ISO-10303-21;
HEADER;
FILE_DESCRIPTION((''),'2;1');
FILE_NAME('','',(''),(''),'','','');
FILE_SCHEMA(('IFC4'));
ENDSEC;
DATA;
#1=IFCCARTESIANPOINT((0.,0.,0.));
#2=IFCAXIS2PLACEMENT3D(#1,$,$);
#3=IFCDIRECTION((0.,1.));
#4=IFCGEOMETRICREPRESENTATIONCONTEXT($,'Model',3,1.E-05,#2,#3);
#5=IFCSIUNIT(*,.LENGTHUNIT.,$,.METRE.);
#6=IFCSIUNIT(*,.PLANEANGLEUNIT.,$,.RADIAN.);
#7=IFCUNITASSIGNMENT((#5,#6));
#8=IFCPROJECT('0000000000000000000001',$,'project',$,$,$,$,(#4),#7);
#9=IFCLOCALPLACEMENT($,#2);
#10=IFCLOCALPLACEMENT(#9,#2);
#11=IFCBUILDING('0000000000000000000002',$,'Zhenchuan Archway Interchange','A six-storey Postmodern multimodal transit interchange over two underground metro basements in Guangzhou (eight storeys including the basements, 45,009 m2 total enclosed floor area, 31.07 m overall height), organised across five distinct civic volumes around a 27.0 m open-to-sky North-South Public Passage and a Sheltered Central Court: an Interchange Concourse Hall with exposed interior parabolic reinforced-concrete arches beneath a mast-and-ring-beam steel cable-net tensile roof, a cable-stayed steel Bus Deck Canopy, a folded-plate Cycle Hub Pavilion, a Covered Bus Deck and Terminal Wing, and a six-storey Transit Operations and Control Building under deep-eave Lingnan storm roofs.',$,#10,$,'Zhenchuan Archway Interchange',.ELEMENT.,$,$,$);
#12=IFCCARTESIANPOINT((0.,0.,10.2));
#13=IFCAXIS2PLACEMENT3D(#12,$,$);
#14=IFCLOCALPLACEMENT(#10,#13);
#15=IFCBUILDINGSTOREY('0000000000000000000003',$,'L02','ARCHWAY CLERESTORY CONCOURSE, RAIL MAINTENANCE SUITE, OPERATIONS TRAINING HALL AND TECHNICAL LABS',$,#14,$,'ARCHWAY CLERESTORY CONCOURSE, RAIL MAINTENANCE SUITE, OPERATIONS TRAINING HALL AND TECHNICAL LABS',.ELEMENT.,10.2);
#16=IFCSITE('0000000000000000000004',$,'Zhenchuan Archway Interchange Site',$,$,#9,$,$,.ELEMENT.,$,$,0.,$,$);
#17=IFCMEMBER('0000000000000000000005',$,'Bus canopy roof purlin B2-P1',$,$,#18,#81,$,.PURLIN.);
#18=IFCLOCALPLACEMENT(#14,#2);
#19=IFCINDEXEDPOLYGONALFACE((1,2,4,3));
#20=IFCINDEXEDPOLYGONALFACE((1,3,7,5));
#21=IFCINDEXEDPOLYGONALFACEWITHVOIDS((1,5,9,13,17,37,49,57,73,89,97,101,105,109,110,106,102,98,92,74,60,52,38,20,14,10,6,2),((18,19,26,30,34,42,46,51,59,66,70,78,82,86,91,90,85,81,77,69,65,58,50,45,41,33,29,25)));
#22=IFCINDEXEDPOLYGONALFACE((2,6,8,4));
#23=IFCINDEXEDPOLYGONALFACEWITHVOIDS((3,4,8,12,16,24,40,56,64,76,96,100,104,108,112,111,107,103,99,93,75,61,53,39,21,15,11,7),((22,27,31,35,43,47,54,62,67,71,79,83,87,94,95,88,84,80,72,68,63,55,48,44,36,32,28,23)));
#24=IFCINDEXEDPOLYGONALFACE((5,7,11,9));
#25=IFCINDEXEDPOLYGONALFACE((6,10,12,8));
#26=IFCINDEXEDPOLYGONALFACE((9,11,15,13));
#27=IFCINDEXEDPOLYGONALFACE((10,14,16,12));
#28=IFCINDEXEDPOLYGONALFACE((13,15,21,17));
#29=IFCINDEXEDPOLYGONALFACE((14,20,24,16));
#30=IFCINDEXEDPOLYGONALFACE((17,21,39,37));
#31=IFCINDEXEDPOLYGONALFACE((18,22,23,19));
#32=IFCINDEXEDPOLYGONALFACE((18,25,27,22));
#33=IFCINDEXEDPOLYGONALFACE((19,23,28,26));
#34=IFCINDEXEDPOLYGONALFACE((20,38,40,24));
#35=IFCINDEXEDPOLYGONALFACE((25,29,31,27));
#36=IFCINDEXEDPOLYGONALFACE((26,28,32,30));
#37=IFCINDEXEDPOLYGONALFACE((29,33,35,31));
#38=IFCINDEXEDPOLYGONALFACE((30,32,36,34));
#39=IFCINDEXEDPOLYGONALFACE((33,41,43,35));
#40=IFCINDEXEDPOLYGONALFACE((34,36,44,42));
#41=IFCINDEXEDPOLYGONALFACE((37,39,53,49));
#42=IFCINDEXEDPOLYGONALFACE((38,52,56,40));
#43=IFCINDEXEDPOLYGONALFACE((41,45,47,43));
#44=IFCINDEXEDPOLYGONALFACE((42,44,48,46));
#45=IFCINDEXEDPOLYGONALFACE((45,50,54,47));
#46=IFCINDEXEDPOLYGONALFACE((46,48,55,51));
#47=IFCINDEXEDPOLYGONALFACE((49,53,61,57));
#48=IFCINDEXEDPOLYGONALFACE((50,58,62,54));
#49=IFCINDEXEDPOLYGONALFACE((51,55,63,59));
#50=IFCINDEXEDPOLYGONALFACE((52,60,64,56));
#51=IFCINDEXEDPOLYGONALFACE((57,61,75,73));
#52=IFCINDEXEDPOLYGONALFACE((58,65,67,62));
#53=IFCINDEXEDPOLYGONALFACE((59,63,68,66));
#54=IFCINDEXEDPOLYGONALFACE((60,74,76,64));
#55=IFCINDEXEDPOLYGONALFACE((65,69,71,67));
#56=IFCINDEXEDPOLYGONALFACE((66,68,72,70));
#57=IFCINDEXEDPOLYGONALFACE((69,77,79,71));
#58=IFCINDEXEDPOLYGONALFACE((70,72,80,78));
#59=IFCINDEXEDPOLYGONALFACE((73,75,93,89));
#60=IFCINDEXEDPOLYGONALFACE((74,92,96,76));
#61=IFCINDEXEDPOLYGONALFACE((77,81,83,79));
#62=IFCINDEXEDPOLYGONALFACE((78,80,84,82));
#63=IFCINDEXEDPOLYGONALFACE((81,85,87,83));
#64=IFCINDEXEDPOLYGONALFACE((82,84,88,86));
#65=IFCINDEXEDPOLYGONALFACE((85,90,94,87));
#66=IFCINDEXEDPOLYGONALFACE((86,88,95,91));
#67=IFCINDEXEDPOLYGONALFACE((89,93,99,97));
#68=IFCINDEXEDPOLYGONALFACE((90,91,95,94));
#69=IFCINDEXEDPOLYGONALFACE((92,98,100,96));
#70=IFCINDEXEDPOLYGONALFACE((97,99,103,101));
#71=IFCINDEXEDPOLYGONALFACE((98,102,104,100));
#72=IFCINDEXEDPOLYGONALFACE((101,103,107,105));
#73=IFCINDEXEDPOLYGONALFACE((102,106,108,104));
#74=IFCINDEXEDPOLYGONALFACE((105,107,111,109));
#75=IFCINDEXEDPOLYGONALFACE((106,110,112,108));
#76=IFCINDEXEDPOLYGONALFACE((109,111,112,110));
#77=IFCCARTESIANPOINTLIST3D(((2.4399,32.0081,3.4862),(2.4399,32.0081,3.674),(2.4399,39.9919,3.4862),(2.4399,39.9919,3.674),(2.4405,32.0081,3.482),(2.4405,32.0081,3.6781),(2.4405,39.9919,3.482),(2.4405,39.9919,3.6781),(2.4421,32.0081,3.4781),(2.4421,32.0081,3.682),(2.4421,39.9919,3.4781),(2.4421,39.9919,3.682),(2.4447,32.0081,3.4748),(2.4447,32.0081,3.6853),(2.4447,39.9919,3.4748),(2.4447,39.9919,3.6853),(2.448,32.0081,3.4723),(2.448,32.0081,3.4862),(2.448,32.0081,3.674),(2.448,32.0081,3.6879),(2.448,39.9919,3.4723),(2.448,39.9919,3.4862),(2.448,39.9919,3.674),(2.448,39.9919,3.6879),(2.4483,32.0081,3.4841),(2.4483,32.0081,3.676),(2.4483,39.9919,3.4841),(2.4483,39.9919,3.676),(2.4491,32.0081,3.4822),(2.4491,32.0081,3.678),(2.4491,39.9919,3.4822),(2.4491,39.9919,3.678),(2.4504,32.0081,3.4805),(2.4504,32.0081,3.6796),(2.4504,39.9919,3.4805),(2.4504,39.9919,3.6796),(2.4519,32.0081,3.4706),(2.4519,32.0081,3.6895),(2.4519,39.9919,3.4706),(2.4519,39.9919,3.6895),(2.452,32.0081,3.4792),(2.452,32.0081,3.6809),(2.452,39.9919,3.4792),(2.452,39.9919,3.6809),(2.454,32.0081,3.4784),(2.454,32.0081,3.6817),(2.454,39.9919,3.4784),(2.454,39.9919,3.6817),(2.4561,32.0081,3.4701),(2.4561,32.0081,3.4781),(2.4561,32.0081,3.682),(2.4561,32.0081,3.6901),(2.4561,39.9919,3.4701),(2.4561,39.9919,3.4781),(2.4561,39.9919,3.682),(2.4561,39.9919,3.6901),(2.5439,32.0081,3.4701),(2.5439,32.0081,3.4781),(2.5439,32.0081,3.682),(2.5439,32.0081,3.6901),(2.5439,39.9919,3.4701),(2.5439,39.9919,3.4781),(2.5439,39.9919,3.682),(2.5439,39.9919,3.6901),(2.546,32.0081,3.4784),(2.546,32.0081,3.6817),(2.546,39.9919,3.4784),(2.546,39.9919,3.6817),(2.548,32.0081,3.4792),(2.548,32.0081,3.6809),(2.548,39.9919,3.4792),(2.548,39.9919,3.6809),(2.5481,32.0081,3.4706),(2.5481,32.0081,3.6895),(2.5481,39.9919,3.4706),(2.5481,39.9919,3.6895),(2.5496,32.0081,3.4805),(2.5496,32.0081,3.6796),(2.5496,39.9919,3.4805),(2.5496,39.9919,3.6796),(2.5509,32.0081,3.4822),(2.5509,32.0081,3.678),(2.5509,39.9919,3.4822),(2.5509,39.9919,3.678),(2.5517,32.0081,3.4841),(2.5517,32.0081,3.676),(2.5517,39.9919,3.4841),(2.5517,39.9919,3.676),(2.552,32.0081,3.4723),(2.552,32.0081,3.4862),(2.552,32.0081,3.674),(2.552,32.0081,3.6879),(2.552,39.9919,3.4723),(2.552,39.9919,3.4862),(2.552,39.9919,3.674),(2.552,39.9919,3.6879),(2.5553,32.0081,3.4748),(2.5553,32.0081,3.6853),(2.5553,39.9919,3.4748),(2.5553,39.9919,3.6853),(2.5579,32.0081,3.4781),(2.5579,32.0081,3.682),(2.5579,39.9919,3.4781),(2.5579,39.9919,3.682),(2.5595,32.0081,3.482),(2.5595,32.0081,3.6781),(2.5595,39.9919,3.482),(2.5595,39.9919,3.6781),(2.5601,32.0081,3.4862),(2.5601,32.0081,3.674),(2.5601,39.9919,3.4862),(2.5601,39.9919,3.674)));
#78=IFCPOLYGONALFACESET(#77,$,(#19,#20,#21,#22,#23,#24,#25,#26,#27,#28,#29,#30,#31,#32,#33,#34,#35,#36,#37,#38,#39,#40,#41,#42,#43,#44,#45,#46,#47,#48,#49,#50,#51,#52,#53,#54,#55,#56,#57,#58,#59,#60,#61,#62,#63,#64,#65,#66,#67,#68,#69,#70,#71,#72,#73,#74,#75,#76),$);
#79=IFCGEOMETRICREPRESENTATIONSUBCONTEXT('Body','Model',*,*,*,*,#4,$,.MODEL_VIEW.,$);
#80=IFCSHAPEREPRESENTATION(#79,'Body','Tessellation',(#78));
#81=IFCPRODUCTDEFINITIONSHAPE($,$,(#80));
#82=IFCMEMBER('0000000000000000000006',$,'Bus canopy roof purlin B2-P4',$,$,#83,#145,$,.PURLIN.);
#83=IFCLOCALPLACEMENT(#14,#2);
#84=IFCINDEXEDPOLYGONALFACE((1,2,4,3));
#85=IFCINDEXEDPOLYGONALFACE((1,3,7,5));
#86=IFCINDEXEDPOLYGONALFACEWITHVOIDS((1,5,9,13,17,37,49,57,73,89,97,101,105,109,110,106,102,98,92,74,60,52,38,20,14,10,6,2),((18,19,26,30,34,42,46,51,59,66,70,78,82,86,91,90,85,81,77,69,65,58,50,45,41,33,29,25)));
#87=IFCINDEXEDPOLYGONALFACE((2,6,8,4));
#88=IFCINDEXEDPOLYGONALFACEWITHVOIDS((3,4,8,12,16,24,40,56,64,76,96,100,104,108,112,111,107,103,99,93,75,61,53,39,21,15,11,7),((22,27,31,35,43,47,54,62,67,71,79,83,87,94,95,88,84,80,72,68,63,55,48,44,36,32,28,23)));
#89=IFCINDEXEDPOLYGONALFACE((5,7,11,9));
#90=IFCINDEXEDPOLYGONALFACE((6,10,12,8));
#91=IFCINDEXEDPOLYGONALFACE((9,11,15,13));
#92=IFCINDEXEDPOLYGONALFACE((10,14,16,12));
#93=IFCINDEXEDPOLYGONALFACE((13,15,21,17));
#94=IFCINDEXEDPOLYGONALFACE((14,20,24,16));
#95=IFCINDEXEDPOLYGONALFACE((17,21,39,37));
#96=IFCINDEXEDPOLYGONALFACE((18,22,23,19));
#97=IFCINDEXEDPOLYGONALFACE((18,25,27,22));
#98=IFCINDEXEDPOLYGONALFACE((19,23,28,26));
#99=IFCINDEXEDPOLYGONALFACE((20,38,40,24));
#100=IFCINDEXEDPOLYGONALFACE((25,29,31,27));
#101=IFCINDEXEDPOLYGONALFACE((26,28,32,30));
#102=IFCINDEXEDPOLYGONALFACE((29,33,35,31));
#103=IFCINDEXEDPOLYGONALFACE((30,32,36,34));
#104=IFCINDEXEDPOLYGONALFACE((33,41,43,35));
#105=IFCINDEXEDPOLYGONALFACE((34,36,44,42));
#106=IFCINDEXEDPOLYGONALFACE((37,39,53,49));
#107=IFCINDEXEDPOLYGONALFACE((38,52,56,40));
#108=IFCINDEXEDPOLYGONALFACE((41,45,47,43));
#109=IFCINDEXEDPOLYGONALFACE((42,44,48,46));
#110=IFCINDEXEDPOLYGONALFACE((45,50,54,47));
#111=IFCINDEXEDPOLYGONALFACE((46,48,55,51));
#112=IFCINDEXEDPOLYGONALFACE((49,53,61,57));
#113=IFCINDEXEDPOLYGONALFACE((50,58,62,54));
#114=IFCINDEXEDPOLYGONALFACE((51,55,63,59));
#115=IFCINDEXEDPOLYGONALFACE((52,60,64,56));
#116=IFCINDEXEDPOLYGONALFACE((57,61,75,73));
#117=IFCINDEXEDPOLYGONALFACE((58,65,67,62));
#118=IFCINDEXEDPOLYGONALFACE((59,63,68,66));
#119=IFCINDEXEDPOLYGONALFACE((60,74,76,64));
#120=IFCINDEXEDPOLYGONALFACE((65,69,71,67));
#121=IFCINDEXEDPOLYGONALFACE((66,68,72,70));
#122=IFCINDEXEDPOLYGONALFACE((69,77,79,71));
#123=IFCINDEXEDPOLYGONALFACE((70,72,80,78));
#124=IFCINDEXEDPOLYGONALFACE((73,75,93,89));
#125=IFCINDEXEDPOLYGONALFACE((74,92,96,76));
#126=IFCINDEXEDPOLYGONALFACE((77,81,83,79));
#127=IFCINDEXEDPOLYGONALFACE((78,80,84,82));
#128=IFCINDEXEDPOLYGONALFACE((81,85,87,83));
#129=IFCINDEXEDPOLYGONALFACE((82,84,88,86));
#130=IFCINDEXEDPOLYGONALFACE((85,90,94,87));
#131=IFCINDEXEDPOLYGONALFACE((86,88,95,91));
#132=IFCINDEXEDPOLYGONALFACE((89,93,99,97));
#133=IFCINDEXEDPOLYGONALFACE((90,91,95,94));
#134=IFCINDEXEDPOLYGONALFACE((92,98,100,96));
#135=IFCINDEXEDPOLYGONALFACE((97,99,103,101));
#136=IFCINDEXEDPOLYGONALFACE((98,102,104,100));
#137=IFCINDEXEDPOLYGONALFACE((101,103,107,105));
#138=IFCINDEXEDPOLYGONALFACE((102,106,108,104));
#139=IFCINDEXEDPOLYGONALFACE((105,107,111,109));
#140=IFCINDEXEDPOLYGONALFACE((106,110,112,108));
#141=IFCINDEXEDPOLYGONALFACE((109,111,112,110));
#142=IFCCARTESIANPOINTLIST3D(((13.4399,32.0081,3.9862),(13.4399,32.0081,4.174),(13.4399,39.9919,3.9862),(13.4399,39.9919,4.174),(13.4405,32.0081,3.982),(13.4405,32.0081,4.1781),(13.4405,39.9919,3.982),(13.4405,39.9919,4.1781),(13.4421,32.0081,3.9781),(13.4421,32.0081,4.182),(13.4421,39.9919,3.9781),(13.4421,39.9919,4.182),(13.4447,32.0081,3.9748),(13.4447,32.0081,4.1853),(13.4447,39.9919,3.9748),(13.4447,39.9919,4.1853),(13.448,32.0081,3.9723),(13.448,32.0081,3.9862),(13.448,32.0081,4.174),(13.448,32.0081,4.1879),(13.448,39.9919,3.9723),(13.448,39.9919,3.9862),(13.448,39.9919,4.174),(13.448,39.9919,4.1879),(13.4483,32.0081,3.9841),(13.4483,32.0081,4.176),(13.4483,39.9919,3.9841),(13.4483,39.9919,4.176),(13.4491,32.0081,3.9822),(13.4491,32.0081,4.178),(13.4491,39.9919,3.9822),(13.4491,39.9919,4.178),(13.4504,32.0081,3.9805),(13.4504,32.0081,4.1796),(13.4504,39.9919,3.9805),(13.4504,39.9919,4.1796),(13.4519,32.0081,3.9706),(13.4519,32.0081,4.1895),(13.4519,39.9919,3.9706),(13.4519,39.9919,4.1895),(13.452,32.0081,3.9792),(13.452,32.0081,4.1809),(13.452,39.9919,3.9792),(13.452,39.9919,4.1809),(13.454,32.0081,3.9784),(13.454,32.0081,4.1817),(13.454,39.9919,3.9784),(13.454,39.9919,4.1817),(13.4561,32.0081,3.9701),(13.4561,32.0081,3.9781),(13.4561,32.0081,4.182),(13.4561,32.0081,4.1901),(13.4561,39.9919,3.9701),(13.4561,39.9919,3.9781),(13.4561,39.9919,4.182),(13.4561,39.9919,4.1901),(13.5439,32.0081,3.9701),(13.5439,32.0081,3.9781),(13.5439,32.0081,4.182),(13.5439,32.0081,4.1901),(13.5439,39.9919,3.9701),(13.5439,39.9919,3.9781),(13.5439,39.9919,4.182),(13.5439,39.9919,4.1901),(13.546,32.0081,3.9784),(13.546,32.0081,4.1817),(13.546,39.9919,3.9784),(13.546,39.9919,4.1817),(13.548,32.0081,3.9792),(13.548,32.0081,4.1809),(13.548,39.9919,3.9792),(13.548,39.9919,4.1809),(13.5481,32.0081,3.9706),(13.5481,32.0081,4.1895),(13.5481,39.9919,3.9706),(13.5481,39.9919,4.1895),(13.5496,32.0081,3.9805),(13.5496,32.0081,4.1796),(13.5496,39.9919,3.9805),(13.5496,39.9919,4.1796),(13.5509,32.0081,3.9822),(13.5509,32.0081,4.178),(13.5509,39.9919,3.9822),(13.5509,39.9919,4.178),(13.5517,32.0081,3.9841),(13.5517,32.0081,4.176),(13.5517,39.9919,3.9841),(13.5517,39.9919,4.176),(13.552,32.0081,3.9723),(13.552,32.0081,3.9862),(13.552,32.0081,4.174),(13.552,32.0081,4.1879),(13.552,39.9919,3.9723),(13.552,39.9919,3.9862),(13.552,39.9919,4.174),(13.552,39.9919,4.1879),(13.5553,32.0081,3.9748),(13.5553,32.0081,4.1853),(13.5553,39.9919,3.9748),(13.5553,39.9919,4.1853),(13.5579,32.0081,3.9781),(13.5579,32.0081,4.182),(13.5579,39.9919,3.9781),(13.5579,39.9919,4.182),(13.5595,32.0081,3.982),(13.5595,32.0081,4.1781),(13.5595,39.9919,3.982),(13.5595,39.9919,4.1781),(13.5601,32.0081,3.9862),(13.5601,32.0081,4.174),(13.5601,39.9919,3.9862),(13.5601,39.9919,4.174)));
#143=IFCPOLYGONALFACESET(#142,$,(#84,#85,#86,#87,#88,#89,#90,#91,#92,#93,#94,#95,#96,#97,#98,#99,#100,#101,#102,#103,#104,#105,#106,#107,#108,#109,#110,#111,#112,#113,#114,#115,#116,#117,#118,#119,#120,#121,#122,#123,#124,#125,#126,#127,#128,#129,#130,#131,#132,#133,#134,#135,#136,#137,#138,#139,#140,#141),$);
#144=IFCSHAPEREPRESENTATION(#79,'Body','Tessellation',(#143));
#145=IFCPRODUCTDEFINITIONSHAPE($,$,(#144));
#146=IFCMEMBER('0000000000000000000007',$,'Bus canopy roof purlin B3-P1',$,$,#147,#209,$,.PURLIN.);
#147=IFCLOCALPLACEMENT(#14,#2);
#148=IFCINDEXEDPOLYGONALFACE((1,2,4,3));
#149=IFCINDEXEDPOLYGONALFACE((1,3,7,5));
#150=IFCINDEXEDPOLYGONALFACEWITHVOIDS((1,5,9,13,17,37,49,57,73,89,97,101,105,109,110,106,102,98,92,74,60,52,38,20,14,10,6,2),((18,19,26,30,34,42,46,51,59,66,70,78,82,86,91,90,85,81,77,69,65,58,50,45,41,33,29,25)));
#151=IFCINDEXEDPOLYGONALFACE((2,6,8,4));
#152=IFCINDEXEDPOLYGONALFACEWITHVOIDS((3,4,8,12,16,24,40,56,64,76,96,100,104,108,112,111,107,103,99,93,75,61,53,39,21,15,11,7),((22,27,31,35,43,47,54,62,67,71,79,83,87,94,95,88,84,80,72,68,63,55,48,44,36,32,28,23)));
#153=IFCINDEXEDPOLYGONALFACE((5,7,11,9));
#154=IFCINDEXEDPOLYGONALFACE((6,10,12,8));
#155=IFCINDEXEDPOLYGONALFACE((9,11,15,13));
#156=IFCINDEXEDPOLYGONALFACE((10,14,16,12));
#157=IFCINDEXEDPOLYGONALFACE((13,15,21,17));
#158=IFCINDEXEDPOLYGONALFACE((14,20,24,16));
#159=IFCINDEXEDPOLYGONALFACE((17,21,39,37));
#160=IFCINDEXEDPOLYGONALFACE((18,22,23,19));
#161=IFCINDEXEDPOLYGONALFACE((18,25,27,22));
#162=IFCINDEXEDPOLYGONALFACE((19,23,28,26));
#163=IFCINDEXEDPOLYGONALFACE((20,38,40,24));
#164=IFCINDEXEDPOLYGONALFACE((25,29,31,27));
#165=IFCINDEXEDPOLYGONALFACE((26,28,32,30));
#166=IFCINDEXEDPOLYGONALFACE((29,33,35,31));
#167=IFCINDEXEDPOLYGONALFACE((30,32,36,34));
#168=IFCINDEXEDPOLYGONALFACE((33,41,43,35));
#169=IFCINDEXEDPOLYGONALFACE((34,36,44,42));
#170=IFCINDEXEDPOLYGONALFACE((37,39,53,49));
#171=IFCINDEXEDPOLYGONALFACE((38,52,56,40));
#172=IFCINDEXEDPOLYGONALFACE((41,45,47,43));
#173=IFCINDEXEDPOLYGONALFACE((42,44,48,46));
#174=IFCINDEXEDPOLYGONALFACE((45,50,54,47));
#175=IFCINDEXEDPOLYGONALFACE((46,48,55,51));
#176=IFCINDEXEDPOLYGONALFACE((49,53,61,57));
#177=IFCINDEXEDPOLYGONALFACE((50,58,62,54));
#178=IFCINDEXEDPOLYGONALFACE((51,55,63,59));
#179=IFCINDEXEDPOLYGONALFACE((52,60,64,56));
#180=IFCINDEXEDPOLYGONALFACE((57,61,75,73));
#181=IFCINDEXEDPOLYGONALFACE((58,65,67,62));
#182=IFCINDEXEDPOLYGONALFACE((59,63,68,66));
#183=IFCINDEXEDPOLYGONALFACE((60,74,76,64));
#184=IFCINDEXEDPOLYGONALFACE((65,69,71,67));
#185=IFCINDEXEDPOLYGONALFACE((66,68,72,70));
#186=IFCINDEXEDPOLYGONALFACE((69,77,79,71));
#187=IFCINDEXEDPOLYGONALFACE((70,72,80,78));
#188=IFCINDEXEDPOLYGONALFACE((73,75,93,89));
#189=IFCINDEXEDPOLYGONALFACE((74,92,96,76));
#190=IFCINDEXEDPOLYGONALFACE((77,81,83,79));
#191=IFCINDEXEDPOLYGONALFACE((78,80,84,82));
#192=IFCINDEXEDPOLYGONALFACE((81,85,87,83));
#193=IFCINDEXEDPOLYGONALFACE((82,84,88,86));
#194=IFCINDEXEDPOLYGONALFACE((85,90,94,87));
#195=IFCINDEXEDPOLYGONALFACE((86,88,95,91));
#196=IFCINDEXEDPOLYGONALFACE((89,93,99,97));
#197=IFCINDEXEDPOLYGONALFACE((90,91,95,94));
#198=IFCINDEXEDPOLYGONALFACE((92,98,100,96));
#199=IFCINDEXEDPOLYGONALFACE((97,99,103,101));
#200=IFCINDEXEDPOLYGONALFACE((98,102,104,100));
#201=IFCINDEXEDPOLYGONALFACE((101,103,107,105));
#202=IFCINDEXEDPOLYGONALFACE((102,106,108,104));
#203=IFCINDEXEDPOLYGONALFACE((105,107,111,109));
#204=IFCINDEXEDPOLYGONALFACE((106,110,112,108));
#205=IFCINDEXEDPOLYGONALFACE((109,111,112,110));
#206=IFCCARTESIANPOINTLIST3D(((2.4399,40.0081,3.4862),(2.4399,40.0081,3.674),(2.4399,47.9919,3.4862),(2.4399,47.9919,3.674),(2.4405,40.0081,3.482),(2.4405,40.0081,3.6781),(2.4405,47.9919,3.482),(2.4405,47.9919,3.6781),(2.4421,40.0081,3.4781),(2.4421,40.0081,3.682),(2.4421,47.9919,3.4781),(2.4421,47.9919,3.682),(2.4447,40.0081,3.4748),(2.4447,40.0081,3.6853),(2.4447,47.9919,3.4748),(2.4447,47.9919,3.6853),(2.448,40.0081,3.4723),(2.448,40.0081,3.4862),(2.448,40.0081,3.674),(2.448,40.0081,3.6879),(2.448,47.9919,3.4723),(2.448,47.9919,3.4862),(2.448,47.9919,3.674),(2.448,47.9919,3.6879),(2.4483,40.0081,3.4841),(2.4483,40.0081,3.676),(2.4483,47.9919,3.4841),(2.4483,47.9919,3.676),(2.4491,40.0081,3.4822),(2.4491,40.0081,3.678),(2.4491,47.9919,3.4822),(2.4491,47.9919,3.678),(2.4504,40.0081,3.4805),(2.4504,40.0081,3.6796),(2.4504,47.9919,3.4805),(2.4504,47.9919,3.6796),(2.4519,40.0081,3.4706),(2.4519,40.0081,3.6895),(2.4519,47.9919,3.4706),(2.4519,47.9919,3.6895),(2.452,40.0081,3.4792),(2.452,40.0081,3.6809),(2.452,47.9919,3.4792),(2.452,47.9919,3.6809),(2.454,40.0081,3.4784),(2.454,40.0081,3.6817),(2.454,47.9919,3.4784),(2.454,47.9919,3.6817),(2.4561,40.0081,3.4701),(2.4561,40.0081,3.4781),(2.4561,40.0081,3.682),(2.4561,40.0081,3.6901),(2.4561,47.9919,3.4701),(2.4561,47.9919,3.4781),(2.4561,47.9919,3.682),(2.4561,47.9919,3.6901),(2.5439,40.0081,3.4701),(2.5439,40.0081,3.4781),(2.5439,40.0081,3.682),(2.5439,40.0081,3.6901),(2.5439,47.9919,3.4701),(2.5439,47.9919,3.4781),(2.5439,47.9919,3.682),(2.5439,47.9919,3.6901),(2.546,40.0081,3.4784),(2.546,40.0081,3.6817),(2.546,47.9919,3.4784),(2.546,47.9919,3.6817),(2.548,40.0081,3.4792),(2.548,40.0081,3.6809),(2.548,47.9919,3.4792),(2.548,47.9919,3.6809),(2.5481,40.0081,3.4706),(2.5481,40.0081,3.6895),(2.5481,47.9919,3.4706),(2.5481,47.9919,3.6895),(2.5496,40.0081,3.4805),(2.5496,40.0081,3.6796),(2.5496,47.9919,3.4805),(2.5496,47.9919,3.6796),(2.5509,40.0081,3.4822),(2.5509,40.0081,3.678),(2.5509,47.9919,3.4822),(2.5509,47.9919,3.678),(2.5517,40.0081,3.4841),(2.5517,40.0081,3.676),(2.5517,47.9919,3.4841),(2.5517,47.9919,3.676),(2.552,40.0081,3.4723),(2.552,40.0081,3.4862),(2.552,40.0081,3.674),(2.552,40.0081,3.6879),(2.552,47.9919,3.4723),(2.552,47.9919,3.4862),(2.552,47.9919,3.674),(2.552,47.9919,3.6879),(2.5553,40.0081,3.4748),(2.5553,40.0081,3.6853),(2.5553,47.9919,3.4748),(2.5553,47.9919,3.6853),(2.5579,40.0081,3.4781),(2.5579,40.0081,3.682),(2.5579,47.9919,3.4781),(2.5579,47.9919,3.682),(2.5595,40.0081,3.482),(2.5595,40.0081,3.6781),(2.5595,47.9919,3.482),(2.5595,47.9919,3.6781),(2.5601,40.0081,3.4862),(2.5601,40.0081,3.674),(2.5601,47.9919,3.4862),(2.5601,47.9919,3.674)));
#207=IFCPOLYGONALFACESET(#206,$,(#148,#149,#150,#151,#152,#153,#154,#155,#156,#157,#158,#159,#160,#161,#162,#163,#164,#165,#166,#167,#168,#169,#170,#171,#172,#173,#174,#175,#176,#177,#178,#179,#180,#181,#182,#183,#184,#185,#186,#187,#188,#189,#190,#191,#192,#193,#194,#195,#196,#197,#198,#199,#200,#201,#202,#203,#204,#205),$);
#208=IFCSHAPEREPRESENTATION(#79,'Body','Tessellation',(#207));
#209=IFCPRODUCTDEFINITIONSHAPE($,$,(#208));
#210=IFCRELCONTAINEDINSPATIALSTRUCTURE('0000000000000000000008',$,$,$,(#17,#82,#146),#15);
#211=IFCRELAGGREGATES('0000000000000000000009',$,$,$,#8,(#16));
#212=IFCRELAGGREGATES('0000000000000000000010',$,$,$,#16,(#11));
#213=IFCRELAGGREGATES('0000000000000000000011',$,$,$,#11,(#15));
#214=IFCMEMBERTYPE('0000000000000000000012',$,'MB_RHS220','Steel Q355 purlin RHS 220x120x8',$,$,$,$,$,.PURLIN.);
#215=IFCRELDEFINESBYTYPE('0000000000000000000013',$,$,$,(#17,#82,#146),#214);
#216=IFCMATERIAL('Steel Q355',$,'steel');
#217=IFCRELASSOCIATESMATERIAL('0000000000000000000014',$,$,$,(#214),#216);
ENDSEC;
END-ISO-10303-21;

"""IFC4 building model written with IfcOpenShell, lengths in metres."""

from ifc_helpers import new_model, si_unit, direction, frame, origin, origin_2d, place, context, subcontext, project, spatial, hollow_rectangle, extrude, material, material_profile, profile_set, type_object, element, save


model = new_model("IFC4")

# Units and contexts
model_context = context("Model", 3, precision=1e-05, world=origin(), true_north=direction((0.0, 1.0)))
body_context = subcontext(model_context, "Body", "Model", "MODEL_VIEW")
ifc_project = project(units=[si_unit("LENGTHUNIT", "METRE"), si_unit("PLANEANGLEUNIT", "RADIAN")], contexts=[model_context])

# Site, building, storey
site_placement = place(None, origin())
site = spatial("IfcSite", under=ifc_project, at=site_placement, Name="Zhenchuan Archway Interchange Site", CompositionType="ELEMENT", RefElevation=0.0)
building_placement = place(site_placement, origin())
building = spatial("IfcBuilding", under=site, at=building_placement, Name="Zhenchuan Archway Interchange", Description="A six-storey Postmodern multimodal transit interchange over two underground metro basements in Guangzhou (eight storeys including the basements, 45,009 m2 total enclosed floor area, 31.07 m overall height), organised across five distinct civic volumes around a 27.0 m open-to-sky North-South Public Passage and a Sheltered Central Court: an Interchange Concourse Hall with exposed interior parabolic reinforced-concrete arches beneath a mast-and-ring-beam steel cable-net tensile roof, a cable-stayed steel Bus Deck Canopy, a folded-plate Cycle Hub Pavilion, a Covered Bus Deck and Terminal Wing, and a six-storey Transit Operations and Control Building under deep-eave Lingnan storm roofs.", LongName="Zhenchuan Archway Interchange", CompositionType="ELEMENT")
storey_placement = place(building_placement, frame((0.0, 0.0, 10.2)))
storey = spatial("IfcBuildingStorey", under=building, at=storey_placement, Name="L02", Description="ARCHWAY CLERESTORY CONCOURSE, RAIL MAINTENANCE SUITE, OPERATIONS TRAINING HALL AND TECHNICAL LABS", LongName="ARCHWAY CLERESTORY CONCOURSE, RAIL MAINTENANCE SUITE, OPERATIONS TRAINING HALL AND TECHNICAL LABS", CompositionType="ELEMENT", Elevation=10.2)

# Shared definitions
ifc_material_1 = material(Name="Steel Q355", Category="steel")

# Members
ifc_material_profile_1 = material_profile(ifc_material_1, hollow_rectangle(XDim=0.1201, YDim=0.22, WallThickness=0.0081, InnerFilletRadius=0.0081, OuterFilletRadius=0.0161, at=origin_2d()), Name="RHS 220x120x8")
ifc_profile_set_1 = profile_set([ifc_material_profile_1], Name="Steel Q355")
member_type_1 = type_object("IfcMemberType", Name="MB_RHS220", Description="Steel Q355 purlin RHS 220x120x8", PredefinedType="PURLIN", material=ifc_profile_set_1)
for number, where, z_axis, x_axis, name in (
    (1, (2.5, 32.0081, 3.5801), (0.0, 1.0, 0.0), (-1.0, 0.0, 0.0), "Bus canopy roof purlin B2-P1"),
    (2, (13.5, 32.0081, 4.0801), (0.0, 1.0, 0.0), (-1.0, 0.0, 0.0), "Bus canopy roof purlin B2-P4"),
    (3, (2.5, 40.0081, 3.5801), (0.0, 1.0, 0.0), (-1.0, 0.0, 0.0), "Bus canopy roof purlin B3-P1"),
):
    element("IfcMember", number, at=place(storey_placement, frame(where, z_axis=z_axis, x_axis=x_axis)), inside=storey, type_object=member_type_1, Name=name, PredefinedType="PURLIN", context=body_context, shape_type="SweptSolid", body=[
        extrude(hollow_rectangle(XDim=0.1201, YDim=0.22, WallThickness=0.0081, InnerFilletRadius=0.0081, OuterFilletRadius=0.0161, at=origin_2d()), origin(), (0.0, 0.0, 1.0), 7.9839),
    ])

save(model, "model.ifc")
